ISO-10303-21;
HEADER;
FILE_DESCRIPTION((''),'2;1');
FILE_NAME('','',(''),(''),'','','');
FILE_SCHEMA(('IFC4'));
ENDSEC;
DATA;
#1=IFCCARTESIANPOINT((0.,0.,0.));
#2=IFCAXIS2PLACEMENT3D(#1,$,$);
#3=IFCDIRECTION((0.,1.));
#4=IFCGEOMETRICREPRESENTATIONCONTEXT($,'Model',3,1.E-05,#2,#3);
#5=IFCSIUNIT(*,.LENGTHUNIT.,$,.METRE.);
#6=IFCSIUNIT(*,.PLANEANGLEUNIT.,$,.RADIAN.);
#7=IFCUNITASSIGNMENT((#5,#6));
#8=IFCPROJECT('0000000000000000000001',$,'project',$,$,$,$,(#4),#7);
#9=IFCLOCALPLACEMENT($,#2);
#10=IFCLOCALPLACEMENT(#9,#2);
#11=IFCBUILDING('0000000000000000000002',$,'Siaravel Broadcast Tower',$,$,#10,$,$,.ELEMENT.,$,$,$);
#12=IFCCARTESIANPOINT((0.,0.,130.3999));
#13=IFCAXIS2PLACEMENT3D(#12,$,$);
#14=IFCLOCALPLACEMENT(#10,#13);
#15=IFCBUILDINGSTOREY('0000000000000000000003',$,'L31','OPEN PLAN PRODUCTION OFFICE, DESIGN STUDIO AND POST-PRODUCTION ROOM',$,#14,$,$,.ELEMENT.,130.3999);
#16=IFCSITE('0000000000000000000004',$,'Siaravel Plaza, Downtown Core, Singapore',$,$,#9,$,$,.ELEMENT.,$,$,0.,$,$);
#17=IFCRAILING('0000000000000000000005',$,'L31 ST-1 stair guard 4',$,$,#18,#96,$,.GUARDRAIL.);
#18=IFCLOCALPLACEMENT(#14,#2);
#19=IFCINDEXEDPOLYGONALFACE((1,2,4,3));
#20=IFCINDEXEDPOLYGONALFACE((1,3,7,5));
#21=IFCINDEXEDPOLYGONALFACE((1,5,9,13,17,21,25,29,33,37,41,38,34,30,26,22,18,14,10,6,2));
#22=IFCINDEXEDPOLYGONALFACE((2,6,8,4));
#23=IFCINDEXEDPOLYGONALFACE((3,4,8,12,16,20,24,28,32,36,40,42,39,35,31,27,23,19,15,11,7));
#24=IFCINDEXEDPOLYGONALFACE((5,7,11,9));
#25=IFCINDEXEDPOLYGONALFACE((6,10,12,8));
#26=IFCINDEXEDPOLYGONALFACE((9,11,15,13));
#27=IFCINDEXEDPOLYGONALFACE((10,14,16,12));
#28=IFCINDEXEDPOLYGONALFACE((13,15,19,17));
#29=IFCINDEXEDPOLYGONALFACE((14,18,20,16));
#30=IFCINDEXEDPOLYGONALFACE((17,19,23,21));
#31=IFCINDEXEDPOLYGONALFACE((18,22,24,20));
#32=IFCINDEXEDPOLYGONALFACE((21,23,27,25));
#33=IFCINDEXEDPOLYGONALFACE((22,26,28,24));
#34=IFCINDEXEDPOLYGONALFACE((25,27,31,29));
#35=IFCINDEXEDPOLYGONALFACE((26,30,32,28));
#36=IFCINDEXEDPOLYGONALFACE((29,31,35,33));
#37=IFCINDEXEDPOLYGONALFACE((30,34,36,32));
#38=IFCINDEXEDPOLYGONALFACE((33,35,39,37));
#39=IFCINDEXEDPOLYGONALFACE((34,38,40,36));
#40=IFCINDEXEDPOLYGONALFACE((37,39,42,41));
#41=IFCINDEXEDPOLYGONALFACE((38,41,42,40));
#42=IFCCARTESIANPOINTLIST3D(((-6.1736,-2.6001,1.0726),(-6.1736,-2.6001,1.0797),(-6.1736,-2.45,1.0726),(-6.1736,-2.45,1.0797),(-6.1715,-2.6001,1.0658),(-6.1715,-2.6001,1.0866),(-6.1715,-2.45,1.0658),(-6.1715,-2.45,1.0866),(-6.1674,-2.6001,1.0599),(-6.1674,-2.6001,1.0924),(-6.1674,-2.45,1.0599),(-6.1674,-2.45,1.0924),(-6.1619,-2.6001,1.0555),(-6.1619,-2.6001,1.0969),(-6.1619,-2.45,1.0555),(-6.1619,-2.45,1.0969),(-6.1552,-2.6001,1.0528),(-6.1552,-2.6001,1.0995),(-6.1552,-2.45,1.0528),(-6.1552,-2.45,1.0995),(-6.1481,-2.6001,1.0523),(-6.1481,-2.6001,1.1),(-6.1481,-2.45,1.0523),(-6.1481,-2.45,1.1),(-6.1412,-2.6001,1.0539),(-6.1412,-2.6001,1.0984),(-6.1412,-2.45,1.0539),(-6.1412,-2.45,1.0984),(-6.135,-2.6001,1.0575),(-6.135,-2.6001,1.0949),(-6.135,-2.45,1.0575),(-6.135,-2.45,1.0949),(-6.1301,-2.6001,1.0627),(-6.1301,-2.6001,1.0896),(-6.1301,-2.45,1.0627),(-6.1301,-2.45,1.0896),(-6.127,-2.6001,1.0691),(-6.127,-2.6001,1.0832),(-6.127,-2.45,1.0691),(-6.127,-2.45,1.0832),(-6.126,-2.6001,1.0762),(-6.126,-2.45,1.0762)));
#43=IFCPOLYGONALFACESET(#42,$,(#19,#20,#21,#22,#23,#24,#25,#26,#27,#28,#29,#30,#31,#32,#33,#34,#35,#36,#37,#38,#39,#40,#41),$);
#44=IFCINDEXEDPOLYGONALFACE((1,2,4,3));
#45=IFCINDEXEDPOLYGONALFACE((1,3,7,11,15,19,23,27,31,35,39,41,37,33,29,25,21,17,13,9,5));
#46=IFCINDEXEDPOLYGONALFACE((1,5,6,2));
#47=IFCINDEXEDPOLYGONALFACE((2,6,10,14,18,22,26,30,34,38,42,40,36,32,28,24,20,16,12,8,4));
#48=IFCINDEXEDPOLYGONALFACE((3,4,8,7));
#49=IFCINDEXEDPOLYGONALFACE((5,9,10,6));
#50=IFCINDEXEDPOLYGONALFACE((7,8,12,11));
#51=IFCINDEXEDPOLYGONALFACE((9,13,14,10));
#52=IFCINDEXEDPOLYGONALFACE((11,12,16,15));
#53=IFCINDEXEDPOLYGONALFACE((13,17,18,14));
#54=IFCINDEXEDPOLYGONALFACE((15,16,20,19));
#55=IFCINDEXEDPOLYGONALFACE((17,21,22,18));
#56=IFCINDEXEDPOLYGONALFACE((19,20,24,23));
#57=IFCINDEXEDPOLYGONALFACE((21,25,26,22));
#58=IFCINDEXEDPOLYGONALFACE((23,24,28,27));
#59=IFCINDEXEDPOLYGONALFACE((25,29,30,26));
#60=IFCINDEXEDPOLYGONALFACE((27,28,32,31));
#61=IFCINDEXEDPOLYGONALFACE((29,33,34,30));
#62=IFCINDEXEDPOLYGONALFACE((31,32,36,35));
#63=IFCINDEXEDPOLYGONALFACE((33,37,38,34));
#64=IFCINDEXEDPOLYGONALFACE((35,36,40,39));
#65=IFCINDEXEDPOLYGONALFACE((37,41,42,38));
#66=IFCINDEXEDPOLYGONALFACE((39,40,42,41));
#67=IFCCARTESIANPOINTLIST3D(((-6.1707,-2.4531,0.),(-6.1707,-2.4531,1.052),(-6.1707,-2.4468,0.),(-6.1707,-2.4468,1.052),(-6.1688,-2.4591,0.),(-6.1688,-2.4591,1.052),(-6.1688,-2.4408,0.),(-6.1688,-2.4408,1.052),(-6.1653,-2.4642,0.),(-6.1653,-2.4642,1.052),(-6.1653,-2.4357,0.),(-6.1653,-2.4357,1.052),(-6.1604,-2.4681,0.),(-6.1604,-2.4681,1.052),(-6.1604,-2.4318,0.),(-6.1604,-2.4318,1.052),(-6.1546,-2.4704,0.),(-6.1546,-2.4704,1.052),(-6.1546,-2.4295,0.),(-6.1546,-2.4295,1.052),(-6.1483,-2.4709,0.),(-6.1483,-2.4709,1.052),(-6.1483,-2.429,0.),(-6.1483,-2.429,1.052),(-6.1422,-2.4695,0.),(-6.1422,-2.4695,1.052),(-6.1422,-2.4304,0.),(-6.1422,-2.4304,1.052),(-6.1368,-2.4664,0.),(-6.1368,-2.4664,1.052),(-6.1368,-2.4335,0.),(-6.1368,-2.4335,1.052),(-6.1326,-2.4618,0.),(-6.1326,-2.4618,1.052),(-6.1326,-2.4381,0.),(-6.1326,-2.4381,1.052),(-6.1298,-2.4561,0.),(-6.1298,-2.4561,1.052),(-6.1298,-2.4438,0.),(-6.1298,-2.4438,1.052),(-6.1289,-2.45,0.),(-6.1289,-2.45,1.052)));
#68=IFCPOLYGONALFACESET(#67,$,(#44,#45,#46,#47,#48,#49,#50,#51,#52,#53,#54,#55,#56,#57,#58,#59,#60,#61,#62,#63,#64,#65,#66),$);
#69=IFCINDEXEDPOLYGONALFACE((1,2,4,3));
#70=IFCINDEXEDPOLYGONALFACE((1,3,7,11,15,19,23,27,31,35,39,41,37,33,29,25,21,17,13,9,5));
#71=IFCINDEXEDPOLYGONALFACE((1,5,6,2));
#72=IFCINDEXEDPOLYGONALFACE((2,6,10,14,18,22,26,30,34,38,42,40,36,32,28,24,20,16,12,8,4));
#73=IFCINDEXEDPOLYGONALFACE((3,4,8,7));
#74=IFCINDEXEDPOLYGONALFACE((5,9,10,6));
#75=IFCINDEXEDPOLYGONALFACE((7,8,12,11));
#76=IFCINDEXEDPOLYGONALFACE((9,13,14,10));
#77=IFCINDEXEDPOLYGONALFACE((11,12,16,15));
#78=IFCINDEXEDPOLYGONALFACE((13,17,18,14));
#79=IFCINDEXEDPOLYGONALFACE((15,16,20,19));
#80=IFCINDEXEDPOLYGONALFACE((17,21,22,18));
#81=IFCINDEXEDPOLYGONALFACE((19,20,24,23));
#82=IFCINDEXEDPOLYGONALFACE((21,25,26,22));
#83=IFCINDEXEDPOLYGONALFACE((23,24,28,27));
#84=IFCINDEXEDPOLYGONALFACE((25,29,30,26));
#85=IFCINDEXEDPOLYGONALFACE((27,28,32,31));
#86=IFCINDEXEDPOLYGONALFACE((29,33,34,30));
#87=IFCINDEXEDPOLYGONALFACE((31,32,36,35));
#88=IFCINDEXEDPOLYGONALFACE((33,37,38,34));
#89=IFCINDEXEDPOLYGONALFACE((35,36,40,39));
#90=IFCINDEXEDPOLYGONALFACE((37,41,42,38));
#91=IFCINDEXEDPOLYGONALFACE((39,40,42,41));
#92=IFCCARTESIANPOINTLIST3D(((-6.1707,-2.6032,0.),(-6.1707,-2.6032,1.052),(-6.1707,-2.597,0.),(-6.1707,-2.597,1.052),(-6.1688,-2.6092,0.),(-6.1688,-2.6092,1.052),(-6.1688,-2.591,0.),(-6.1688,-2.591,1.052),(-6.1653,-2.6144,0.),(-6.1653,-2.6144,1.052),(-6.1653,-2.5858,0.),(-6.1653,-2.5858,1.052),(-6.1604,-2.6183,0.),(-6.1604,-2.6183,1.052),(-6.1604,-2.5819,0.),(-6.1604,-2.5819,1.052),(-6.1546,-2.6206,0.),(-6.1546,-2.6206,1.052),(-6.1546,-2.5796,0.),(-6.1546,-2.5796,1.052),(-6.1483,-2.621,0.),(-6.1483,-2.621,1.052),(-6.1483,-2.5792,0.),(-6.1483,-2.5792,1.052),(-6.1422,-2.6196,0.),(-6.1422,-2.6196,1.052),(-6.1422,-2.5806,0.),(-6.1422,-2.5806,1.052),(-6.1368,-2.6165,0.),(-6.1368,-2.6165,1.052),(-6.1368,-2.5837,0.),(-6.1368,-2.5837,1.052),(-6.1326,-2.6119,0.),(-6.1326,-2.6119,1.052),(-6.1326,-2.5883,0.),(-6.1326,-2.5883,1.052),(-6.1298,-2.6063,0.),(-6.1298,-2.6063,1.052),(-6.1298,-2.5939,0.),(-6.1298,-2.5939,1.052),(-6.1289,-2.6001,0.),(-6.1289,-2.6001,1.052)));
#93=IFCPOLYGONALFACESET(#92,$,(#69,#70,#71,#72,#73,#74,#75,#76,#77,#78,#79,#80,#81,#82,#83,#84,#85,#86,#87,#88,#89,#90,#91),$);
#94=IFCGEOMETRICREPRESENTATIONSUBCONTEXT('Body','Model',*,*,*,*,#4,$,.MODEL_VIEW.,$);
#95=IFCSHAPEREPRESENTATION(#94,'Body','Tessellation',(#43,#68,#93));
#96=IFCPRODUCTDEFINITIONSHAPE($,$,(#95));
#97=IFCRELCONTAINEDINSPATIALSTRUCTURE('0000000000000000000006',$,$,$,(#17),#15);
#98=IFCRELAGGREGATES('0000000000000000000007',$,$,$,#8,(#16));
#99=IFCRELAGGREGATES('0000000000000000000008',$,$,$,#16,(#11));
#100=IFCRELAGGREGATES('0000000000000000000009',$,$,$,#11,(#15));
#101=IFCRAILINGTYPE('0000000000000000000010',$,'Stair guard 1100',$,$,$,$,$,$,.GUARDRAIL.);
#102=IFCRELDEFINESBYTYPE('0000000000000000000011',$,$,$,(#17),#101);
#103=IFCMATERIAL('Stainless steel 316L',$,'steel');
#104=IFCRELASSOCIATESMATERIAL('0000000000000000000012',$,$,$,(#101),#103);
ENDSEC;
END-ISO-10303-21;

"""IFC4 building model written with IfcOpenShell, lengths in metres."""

from ifc_helpers import new_model, si_unit, direction, frame, origin, origin_2d, place, context, subcontext, project, spatial, circle, extrude, material, type_object, element, save


model = new_model("IFC4")

# Units and contexts
model_context = context("Model", 3, precision=1e-05, world=origin(), true_north=direction((0.0, 1.0)))
body_context = subcontext(model_context, "Body", "Model", "MODEL_VIEW")
ifc_project = project(units=[si_unit("LENGTHUNIT", "METRE"), si_unit("PLANEANGLEUNIT", "RADIAN")], contexts=[model_context])

# Site, building, storey
site_placement = place(None, origin())
site = spatial("IfcSite", under=ifc_project, at=site_placement, Name="Siaravel Plaza, Downtown Core, Singapore", CompositionType="ELEMENT", RefElevation=0.0)
building_placement = place(site_placement, origin())
building = spatial("IfcBuilding", under=site, at=building_placement, Name="Siaravel Broadcast Tower", CompositionType="ELEMENT")
storey_placement = place(building_placement, frame((0.0, 0.0, 130.3999)))
storey = spatial("IfcBuildingStorey", under=building, at=storey_placement, Name="L31", Description="OPEN PLAN PRODUCTION OFFICE, DESIGN STUDIO AND POST-PRODUCTION ROOM", CompositionType="ELEMENT", Elevation=130.3999)

# Railing
ifc_material_1 = material(Name="Stainless steel 316L", Category="steel")
railing_type_1 = type_object("IfcRailingType", Name="Stair guard 1100", PredefinedType="GUARDRAIL", material=ifc_material_1)
railing_1_placement = place(storey_placement, frame((-6.1499, -2.45, 0.0)))
element("IfcRailing", 1, at=railing_1_placement, inside=storey, type_object=railing_type_1, Name="L31 ST-1 stair guard 4", PredefinedType="GUARDRAIL", context=body_context, shape_type="SweptSolid", body=[
    extrude(circle(Radius=0.0239, at=origin_2d()), frame((0.0, 0.0, 1.0762), z_axis=(0.0, -1.0, 0.0), x_axis=(1.0, 0.0, 0.0)), (0.0, 0.0, 1.0), 0.1501),
    extrude(circle(Radius=0.021, at=origin_2d()), origin(), (0.0, 0.0, 1.0), 1.052),
    extrude(circle(Radius=0.021, at=origin_2d()), frame((0.0, -0.1501, 0.0)), (0.0, 0.0, 1.0), 1.052),
])

save(model, "model.ifc")
